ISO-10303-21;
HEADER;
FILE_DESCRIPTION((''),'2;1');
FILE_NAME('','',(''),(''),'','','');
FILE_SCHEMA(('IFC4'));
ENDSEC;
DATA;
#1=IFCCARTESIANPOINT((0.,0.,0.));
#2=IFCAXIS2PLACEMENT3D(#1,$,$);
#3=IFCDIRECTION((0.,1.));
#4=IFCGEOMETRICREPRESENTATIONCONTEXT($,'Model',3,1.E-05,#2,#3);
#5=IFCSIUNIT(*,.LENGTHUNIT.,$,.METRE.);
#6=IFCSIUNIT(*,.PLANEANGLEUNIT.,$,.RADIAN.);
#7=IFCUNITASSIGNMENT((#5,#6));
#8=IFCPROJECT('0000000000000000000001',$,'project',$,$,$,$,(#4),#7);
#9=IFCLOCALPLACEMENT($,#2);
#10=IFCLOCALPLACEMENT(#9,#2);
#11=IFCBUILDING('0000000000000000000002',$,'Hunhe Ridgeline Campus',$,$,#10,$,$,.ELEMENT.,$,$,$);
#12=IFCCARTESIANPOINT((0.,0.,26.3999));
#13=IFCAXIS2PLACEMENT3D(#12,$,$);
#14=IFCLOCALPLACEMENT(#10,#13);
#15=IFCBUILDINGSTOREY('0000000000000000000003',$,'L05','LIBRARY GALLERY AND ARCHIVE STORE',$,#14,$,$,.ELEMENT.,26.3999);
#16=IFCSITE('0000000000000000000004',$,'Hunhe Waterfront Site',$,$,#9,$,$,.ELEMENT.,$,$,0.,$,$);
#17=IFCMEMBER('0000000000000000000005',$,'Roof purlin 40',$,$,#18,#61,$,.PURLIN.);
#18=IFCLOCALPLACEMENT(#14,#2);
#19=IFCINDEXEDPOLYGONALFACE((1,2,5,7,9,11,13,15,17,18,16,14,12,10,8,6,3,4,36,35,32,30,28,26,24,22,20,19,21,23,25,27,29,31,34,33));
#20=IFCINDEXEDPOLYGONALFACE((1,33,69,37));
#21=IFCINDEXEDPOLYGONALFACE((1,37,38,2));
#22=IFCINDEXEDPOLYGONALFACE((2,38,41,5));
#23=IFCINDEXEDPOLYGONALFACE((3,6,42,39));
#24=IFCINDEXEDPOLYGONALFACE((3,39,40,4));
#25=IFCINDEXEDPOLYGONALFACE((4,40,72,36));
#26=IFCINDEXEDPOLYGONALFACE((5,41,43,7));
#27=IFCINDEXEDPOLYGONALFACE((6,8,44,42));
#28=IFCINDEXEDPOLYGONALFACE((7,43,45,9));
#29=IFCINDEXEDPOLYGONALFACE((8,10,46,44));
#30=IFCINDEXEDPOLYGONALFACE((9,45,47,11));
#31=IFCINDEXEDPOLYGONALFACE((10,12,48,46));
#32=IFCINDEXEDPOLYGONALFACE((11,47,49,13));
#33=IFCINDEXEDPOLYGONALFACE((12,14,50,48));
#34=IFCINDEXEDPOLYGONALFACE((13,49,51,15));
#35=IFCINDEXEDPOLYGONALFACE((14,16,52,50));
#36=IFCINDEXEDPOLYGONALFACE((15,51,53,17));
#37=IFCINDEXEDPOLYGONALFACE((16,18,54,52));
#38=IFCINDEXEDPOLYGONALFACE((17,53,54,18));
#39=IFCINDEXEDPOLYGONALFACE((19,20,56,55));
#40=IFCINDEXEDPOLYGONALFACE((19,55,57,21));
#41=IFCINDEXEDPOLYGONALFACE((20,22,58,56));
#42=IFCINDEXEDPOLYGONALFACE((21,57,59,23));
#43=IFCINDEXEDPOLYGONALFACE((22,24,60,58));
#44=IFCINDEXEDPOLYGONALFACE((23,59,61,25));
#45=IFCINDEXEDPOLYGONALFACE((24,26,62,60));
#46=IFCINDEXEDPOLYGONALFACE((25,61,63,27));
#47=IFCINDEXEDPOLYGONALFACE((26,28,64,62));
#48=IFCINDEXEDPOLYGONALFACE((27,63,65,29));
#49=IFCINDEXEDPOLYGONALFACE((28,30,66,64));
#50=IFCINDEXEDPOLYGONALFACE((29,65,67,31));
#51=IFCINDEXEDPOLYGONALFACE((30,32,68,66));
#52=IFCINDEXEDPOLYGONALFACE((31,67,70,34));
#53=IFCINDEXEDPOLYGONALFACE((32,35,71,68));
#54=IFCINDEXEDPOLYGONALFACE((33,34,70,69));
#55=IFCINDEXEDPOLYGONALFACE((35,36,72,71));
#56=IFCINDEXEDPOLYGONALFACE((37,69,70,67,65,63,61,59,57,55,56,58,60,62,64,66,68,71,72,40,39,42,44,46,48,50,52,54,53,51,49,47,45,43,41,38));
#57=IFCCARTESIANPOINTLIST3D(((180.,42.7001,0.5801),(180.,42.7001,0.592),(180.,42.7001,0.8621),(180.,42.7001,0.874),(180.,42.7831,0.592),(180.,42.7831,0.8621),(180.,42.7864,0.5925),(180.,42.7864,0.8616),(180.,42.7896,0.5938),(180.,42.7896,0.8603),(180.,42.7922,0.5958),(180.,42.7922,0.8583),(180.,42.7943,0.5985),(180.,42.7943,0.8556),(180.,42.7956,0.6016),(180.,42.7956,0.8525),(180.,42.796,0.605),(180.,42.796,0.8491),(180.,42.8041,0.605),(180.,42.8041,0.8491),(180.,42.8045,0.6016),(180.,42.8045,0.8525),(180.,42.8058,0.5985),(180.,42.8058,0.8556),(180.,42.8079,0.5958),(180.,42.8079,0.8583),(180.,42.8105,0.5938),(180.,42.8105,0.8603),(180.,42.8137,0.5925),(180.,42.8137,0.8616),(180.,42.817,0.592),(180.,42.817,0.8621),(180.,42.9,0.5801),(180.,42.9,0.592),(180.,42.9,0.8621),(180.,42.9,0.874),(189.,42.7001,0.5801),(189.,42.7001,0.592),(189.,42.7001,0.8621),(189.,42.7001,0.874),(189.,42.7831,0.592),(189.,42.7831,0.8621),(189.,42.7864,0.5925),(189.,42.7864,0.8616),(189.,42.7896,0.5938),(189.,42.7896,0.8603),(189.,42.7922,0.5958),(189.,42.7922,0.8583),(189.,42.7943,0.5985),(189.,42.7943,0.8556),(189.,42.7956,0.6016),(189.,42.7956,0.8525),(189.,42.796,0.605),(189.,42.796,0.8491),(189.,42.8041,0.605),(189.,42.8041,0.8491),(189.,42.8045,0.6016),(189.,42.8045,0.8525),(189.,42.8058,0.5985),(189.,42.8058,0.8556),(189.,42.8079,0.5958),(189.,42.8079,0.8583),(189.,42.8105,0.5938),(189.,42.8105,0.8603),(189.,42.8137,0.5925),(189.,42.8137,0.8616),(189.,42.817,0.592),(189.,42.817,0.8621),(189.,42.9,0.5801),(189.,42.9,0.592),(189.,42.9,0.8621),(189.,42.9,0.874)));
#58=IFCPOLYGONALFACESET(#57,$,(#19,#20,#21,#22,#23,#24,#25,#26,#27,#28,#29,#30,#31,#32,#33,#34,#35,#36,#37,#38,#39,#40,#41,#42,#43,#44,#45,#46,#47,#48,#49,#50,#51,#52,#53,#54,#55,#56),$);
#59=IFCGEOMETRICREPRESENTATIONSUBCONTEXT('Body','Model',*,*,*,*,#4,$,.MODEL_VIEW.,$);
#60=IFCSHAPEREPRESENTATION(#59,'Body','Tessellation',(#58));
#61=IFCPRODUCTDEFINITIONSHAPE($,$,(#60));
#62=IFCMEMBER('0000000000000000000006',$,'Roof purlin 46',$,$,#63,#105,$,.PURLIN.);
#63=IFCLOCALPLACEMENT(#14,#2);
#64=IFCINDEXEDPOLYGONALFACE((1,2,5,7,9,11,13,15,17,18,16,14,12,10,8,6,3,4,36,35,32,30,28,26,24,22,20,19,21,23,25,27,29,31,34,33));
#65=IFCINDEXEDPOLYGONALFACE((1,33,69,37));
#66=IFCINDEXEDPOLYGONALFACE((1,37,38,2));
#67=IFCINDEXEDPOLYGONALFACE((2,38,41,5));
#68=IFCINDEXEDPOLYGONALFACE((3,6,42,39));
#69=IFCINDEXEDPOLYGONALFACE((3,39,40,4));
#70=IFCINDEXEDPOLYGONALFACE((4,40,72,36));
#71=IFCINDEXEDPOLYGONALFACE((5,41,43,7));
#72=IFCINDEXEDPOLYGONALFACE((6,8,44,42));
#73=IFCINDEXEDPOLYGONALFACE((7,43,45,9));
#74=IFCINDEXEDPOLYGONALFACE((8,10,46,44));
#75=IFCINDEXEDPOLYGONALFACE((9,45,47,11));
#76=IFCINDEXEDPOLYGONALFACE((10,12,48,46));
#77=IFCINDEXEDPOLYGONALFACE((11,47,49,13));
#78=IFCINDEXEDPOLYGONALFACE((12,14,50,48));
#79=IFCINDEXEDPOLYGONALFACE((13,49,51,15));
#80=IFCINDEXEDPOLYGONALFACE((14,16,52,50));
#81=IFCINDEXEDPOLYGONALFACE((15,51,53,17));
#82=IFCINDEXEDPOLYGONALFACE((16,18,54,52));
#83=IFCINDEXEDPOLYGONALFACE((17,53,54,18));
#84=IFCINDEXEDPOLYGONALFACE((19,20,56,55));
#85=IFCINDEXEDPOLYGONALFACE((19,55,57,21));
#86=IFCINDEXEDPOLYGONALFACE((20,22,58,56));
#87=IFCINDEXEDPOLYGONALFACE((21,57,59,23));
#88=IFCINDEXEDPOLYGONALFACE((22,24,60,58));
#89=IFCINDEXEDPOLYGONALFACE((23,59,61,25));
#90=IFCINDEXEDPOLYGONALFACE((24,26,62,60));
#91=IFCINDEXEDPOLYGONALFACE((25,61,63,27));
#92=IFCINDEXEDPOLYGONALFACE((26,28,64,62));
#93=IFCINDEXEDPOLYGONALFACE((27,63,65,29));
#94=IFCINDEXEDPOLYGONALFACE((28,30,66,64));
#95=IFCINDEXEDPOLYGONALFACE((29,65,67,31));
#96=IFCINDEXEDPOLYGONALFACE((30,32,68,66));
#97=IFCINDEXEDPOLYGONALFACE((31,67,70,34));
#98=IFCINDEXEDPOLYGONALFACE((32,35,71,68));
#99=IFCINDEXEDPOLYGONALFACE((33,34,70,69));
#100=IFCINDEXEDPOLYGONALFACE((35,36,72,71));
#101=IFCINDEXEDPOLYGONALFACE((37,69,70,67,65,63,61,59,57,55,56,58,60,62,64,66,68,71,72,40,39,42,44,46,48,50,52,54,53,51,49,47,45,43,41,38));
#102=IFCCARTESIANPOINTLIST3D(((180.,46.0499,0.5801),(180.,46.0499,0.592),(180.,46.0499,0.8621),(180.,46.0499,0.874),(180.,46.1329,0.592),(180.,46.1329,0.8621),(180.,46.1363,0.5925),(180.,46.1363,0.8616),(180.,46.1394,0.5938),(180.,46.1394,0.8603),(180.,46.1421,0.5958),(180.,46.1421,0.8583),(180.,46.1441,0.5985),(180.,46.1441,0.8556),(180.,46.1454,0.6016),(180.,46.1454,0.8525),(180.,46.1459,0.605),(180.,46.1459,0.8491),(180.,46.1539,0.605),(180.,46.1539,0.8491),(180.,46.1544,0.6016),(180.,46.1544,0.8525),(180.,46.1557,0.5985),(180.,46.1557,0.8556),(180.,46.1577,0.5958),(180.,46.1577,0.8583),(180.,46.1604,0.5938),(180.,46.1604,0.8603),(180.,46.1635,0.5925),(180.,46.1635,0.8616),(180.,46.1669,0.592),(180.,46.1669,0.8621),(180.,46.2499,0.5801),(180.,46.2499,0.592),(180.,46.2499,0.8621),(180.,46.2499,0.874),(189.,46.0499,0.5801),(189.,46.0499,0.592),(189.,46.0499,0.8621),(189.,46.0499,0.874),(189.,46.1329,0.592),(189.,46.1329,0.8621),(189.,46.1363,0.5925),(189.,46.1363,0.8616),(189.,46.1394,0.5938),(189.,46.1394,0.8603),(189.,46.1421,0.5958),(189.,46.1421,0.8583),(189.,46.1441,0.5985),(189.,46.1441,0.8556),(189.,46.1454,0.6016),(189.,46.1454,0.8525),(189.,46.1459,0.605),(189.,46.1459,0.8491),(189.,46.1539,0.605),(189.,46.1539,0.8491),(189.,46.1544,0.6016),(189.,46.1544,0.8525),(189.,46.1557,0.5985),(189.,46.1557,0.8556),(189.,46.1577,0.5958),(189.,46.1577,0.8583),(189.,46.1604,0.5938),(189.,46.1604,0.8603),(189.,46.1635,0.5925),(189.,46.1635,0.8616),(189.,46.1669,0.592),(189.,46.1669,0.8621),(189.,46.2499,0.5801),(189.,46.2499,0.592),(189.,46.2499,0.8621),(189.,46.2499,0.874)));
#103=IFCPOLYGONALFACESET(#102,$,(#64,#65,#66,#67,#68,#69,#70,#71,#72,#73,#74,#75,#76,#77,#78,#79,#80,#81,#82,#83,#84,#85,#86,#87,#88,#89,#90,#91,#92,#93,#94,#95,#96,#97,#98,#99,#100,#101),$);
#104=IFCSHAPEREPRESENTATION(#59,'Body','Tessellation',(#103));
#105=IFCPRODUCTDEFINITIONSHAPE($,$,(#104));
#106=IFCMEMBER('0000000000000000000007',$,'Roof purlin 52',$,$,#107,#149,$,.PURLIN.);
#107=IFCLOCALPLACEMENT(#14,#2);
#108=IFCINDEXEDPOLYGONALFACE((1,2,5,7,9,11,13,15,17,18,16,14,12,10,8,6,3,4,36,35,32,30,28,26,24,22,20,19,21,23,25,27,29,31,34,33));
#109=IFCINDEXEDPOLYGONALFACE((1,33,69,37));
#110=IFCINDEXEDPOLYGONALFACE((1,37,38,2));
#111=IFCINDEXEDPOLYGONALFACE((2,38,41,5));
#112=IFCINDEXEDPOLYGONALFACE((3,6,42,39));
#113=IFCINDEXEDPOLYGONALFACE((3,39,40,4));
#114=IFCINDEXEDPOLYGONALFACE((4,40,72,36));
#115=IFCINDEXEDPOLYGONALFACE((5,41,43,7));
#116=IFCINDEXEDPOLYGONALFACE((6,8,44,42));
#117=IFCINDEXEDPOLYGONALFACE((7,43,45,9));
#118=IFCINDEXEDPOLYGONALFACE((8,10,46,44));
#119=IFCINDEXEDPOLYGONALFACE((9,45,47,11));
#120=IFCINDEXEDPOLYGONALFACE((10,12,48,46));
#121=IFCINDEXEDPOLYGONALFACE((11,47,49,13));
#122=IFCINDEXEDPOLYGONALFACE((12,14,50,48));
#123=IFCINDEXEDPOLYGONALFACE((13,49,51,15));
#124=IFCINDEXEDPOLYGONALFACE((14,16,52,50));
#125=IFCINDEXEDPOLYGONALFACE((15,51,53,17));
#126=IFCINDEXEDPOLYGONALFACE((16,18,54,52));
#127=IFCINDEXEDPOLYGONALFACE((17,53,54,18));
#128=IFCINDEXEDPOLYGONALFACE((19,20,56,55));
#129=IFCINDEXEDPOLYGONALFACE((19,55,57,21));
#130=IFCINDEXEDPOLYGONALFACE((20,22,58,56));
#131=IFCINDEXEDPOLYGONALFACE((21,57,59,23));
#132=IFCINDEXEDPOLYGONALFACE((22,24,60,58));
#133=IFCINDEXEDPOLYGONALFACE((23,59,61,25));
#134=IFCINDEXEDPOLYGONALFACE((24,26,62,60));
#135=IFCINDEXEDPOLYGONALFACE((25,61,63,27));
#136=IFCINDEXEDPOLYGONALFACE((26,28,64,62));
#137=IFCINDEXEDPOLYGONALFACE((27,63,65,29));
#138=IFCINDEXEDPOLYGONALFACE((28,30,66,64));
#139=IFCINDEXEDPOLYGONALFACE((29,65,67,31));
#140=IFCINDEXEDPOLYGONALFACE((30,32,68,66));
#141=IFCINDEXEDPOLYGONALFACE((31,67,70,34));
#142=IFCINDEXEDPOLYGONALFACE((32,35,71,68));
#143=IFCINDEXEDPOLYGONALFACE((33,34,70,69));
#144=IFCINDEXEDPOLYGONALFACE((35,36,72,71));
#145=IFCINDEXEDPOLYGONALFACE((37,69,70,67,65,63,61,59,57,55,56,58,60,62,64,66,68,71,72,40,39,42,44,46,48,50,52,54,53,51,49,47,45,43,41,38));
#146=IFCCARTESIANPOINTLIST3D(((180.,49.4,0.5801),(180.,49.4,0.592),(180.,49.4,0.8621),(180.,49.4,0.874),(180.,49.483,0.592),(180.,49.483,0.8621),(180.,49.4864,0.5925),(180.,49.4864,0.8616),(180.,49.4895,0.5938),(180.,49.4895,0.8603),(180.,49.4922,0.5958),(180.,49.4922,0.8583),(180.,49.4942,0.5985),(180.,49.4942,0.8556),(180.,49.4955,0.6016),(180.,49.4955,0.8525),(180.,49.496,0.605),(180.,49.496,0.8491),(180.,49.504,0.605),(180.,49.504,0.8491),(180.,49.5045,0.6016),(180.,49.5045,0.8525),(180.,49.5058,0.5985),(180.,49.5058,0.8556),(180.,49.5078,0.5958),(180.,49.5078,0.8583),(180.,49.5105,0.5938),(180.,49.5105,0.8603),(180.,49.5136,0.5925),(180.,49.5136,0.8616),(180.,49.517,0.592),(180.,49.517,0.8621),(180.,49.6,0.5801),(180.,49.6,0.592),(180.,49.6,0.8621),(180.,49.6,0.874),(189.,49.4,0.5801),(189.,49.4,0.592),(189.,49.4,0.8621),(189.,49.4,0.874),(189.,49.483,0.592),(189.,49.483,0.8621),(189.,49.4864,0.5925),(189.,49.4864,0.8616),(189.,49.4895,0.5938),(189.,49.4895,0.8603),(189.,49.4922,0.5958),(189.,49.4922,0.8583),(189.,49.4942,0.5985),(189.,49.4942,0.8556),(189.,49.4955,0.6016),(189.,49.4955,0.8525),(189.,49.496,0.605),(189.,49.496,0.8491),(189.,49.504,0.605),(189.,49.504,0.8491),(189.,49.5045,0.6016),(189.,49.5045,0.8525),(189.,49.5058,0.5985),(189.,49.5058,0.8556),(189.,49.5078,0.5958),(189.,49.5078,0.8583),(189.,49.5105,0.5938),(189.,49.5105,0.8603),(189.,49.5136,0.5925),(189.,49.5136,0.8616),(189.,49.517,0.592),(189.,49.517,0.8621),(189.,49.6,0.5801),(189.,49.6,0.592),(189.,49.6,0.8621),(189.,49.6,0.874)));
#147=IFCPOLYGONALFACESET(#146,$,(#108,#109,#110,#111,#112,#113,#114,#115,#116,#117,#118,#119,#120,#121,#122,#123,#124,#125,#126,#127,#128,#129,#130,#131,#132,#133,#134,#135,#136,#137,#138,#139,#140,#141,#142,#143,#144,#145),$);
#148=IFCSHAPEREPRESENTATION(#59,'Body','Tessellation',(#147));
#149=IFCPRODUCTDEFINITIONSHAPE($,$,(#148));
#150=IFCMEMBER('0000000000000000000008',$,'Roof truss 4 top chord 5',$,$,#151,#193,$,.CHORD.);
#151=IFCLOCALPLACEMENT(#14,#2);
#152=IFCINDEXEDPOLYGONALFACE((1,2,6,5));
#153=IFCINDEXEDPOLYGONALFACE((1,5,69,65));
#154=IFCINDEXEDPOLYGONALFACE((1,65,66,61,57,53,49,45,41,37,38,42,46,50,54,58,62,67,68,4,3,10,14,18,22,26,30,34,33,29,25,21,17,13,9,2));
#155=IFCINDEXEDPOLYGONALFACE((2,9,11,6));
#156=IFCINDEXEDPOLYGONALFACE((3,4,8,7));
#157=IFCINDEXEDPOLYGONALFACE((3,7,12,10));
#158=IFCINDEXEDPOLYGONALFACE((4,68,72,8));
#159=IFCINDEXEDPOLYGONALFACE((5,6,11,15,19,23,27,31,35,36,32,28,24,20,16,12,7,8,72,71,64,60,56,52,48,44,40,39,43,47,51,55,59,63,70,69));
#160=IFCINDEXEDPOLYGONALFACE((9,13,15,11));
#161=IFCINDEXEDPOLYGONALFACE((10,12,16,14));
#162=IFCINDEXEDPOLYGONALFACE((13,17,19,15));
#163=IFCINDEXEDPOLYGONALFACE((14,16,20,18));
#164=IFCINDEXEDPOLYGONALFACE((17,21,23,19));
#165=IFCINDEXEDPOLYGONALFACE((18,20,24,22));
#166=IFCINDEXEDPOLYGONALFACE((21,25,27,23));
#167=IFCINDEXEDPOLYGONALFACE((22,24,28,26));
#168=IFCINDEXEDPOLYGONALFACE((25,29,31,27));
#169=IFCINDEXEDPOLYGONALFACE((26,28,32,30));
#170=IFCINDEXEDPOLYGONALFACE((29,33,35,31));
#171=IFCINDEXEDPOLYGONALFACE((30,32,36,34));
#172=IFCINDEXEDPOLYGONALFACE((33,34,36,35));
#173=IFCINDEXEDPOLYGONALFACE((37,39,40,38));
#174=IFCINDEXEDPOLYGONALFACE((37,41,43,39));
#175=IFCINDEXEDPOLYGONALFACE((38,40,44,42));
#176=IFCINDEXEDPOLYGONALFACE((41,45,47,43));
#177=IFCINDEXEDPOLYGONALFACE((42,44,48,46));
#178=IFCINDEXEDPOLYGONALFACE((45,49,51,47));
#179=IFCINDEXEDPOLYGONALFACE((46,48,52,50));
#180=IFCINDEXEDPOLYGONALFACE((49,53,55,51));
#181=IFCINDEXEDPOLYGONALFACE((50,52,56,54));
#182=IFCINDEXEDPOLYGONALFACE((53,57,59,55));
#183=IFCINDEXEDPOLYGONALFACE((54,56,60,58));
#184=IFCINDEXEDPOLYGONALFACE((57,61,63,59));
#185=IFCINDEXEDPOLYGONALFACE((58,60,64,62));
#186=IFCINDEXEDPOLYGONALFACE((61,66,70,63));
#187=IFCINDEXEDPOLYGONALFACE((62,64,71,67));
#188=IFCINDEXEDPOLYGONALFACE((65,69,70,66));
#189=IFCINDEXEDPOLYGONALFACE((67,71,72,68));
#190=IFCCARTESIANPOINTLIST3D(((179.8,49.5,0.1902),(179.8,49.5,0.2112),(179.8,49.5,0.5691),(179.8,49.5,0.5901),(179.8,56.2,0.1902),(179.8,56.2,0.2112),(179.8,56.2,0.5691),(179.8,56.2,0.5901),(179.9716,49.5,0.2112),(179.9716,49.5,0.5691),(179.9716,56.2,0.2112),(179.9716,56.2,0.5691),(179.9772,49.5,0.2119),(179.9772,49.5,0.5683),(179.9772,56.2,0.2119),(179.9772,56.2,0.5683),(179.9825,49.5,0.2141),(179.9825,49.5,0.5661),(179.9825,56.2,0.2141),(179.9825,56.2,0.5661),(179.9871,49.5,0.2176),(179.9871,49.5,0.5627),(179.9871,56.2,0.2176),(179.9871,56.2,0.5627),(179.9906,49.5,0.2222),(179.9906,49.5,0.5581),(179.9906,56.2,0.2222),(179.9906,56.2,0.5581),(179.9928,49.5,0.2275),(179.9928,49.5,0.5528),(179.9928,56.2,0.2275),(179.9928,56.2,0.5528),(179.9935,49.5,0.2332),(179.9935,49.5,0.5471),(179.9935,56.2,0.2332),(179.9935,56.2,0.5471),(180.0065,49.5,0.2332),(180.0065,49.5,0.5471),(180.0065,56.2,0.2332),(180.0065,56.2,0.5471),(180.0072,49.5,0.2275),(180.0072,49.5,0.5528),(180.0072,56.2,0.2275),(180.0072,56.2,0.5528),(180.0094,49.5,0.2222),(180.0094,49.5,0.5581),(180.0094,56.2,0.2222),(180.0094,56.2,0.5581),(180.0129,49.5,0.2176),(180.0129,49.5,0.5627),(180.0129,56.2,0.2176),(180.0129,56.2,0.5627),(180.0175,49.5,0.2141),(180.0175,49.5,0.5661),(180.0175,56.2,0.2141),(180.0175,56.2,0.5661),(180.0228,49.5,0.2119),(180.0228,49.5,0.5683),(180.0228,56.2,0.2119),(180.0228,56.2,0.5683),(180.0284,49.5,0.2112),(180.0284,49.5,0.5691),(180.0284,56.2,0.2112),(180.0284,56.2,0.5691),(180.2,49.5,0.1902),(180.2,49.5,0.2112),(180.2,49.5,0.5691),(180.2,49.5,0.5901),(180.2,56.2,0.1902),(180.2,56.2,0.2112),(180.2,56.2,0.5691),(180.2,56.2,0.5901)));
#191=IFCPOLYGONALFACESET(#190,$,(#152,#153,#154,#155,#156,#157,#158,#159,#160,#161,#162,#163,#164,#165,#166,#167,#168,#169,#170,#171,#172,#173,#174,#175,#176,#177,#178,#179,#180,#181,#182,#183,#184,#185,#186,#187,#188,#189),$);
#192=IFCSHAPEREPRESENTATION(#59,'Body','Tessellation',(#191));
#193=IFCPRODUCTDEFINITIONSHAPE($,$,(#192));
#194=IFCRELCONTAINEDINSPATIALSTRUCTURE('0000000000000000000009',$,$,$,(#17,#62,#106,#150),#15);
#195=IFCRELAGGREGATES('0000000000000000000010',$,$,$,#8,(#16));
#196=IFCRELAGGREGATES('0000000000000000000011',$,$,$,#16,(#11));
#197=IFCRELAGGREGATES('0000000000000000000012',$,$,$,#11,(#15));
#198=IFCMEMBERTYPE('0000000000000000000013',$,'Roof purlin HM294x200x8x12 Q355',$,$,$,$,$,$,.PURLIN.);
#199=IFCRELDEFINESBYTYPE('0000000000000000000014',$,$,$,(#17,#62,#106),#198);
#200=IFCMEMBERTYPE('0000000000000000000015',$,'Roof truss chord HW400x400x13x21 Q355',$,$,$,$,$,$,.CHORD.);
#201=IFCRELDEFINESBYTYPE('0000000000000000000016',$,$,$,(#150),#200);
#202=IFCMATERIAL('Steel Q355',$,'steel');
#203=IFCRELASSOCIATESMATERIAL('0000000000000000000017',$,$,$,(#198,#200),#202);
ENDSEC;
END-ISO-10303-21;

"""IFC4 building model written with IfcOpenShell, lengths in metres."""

from ifc_helpers import new_model, si_unit, direction, frame, origin, origin_2d, place, context, subcontext, project, spatial, i_section, extrude, material, material_profile, profile_set, type_object, element, save


model = new_model("IFC4")

# Units and contexts
model_context = context("Model", 3, precision=1e-05, world=origin(), true_north=direction((0.0, 1.0)))
body_context = subcontext(model_context, "Body", "Model", "MODEL_VIEW")
ifc_project = project(units=[si_unit("LENGTHUNIT", "METRE"), si_unit("PLANEANGLEUNIT", "RADIAN")], contexts=[model_context])

# Site, building, storey
site_placement = place(None, origin())
site = spatial("IfcSite", under=ifc_project, at=site_placement, Name="Hunhe Waterfront Site", CompositionType="ELEMENT", RefElevation=0.0)
building_placement = place(site_placement, origin())
building = spatial("IfcBuilding", under=site, at=building_placement, Name="Hunhe Ridgeline Campus", CompositionType="ELEMENT")
storey_placement = place(building_placement, frame((0.0, 0.0, 26.3999)))
storey = spatial("IfcBuildingStorey", under=building, at=storey_placement, Name="L05", Description="LIBRARY GALLERY AND ARCHIVE STORE", CompositionType="ELEMENT", Elevation=26.3999)

# Members
ifc_material = material(Name="Steel Q355", Category="steel")
ifc_material_profile_1 = material_profile(ifc_material, i_section(OverallWidth=0.2, OverallDepth=0.2939, WebThickness=0.0081, FlangeThickness=0.012, FilletRadius=0.0129, at=origin_2d()))
ifc_profile_set_1 = profile_set([ifc_material_profile_1], Name="Steel Q355")
member_type_1 = type_object("IfcMemberType", Name="Roof purlin HM294x200x8x12 Q355", PredefinedType="PURLIN", material=ifc_profile_set_1)
for number, where, z_axis, x_axis, name in (
    (1, (180.0, 42.8, 0.7271), (1.0, 0.0, 0.0), (0.0, 1.0, 0.0), "Roof purlin 40"),
    (2, (180.0, 46.1499, 0.7271), (1.0, 0.0, 0.0), (0.0, 1.0, 0.0), "Roof purlin 46"),
    (3, (180.0, 49.5, 0.7271), (1.0, 0.0, 0.0), (0.0, 1.0, 0.0), "Roof purlin 52"),
):
    element("IfcMember", number, at=place(storey_placement, frame(where, z_axis=z_axis, x_axis=x_axis)), inside=storey, type_object=member_type_1, Name=name, PredefinedType="PURLIN", context=body_context, shape_type="SweptSolid", body=[
        extrude(i_section(OverallWidth=0.2, OverallDepth=0.2939, WebThickness=0.0081, FlangeThickness=0.012, FilletRadius=0.0129, at=origin_2d()), origin(), (0.0, 0.0, 1.0), 9.0),
    ])
ifc_material_profile_2 = material_profile(ifc_material, i_section(OverallWidth=0.3999, OverallDepth=0.3999, WebThickness=0.0129, FlangeThickness=0.021, FilletRadius=0.022, at=origin_2d()))
ifc_profile_set_2 = profile_set([ifc_material_profile_2], Name="Steel Q355")
member_type_2 = type_object("IfcMemberType", Name="Roof truss chord HW400x400x13x21 Q355", PredefinedType="CHORD", material=ifc_profile_set_2)
for number, where, z_axis, x_axis, name in (
    (4, (180.0, 49.5, 0.3901), (0.0, 1.0, 0.0), (-1.0, 0.0, 0.0), "Roof truss 4 top chord 5"),
):
    element("IfcMember", number, at=place(storey_placement, frame(where, z_axis=z_axis, x_axis=x_axis)), inside=storey, type_object=member_type_2, Name=name, PredefinedType="CHORD", context=body_context, shape_type="SweptSolid", body=[
        extrude(i_section(OverallWidth=0.3999, OverallDepth=0.3999, WebThickness=0.0129, FlangeThickness=0.021, FilletRadius=0.022, at=origin_2d()), origin(), (0.0, 0.0, 1.0), 6.7),
    ])

save(model, "model.ifc")
